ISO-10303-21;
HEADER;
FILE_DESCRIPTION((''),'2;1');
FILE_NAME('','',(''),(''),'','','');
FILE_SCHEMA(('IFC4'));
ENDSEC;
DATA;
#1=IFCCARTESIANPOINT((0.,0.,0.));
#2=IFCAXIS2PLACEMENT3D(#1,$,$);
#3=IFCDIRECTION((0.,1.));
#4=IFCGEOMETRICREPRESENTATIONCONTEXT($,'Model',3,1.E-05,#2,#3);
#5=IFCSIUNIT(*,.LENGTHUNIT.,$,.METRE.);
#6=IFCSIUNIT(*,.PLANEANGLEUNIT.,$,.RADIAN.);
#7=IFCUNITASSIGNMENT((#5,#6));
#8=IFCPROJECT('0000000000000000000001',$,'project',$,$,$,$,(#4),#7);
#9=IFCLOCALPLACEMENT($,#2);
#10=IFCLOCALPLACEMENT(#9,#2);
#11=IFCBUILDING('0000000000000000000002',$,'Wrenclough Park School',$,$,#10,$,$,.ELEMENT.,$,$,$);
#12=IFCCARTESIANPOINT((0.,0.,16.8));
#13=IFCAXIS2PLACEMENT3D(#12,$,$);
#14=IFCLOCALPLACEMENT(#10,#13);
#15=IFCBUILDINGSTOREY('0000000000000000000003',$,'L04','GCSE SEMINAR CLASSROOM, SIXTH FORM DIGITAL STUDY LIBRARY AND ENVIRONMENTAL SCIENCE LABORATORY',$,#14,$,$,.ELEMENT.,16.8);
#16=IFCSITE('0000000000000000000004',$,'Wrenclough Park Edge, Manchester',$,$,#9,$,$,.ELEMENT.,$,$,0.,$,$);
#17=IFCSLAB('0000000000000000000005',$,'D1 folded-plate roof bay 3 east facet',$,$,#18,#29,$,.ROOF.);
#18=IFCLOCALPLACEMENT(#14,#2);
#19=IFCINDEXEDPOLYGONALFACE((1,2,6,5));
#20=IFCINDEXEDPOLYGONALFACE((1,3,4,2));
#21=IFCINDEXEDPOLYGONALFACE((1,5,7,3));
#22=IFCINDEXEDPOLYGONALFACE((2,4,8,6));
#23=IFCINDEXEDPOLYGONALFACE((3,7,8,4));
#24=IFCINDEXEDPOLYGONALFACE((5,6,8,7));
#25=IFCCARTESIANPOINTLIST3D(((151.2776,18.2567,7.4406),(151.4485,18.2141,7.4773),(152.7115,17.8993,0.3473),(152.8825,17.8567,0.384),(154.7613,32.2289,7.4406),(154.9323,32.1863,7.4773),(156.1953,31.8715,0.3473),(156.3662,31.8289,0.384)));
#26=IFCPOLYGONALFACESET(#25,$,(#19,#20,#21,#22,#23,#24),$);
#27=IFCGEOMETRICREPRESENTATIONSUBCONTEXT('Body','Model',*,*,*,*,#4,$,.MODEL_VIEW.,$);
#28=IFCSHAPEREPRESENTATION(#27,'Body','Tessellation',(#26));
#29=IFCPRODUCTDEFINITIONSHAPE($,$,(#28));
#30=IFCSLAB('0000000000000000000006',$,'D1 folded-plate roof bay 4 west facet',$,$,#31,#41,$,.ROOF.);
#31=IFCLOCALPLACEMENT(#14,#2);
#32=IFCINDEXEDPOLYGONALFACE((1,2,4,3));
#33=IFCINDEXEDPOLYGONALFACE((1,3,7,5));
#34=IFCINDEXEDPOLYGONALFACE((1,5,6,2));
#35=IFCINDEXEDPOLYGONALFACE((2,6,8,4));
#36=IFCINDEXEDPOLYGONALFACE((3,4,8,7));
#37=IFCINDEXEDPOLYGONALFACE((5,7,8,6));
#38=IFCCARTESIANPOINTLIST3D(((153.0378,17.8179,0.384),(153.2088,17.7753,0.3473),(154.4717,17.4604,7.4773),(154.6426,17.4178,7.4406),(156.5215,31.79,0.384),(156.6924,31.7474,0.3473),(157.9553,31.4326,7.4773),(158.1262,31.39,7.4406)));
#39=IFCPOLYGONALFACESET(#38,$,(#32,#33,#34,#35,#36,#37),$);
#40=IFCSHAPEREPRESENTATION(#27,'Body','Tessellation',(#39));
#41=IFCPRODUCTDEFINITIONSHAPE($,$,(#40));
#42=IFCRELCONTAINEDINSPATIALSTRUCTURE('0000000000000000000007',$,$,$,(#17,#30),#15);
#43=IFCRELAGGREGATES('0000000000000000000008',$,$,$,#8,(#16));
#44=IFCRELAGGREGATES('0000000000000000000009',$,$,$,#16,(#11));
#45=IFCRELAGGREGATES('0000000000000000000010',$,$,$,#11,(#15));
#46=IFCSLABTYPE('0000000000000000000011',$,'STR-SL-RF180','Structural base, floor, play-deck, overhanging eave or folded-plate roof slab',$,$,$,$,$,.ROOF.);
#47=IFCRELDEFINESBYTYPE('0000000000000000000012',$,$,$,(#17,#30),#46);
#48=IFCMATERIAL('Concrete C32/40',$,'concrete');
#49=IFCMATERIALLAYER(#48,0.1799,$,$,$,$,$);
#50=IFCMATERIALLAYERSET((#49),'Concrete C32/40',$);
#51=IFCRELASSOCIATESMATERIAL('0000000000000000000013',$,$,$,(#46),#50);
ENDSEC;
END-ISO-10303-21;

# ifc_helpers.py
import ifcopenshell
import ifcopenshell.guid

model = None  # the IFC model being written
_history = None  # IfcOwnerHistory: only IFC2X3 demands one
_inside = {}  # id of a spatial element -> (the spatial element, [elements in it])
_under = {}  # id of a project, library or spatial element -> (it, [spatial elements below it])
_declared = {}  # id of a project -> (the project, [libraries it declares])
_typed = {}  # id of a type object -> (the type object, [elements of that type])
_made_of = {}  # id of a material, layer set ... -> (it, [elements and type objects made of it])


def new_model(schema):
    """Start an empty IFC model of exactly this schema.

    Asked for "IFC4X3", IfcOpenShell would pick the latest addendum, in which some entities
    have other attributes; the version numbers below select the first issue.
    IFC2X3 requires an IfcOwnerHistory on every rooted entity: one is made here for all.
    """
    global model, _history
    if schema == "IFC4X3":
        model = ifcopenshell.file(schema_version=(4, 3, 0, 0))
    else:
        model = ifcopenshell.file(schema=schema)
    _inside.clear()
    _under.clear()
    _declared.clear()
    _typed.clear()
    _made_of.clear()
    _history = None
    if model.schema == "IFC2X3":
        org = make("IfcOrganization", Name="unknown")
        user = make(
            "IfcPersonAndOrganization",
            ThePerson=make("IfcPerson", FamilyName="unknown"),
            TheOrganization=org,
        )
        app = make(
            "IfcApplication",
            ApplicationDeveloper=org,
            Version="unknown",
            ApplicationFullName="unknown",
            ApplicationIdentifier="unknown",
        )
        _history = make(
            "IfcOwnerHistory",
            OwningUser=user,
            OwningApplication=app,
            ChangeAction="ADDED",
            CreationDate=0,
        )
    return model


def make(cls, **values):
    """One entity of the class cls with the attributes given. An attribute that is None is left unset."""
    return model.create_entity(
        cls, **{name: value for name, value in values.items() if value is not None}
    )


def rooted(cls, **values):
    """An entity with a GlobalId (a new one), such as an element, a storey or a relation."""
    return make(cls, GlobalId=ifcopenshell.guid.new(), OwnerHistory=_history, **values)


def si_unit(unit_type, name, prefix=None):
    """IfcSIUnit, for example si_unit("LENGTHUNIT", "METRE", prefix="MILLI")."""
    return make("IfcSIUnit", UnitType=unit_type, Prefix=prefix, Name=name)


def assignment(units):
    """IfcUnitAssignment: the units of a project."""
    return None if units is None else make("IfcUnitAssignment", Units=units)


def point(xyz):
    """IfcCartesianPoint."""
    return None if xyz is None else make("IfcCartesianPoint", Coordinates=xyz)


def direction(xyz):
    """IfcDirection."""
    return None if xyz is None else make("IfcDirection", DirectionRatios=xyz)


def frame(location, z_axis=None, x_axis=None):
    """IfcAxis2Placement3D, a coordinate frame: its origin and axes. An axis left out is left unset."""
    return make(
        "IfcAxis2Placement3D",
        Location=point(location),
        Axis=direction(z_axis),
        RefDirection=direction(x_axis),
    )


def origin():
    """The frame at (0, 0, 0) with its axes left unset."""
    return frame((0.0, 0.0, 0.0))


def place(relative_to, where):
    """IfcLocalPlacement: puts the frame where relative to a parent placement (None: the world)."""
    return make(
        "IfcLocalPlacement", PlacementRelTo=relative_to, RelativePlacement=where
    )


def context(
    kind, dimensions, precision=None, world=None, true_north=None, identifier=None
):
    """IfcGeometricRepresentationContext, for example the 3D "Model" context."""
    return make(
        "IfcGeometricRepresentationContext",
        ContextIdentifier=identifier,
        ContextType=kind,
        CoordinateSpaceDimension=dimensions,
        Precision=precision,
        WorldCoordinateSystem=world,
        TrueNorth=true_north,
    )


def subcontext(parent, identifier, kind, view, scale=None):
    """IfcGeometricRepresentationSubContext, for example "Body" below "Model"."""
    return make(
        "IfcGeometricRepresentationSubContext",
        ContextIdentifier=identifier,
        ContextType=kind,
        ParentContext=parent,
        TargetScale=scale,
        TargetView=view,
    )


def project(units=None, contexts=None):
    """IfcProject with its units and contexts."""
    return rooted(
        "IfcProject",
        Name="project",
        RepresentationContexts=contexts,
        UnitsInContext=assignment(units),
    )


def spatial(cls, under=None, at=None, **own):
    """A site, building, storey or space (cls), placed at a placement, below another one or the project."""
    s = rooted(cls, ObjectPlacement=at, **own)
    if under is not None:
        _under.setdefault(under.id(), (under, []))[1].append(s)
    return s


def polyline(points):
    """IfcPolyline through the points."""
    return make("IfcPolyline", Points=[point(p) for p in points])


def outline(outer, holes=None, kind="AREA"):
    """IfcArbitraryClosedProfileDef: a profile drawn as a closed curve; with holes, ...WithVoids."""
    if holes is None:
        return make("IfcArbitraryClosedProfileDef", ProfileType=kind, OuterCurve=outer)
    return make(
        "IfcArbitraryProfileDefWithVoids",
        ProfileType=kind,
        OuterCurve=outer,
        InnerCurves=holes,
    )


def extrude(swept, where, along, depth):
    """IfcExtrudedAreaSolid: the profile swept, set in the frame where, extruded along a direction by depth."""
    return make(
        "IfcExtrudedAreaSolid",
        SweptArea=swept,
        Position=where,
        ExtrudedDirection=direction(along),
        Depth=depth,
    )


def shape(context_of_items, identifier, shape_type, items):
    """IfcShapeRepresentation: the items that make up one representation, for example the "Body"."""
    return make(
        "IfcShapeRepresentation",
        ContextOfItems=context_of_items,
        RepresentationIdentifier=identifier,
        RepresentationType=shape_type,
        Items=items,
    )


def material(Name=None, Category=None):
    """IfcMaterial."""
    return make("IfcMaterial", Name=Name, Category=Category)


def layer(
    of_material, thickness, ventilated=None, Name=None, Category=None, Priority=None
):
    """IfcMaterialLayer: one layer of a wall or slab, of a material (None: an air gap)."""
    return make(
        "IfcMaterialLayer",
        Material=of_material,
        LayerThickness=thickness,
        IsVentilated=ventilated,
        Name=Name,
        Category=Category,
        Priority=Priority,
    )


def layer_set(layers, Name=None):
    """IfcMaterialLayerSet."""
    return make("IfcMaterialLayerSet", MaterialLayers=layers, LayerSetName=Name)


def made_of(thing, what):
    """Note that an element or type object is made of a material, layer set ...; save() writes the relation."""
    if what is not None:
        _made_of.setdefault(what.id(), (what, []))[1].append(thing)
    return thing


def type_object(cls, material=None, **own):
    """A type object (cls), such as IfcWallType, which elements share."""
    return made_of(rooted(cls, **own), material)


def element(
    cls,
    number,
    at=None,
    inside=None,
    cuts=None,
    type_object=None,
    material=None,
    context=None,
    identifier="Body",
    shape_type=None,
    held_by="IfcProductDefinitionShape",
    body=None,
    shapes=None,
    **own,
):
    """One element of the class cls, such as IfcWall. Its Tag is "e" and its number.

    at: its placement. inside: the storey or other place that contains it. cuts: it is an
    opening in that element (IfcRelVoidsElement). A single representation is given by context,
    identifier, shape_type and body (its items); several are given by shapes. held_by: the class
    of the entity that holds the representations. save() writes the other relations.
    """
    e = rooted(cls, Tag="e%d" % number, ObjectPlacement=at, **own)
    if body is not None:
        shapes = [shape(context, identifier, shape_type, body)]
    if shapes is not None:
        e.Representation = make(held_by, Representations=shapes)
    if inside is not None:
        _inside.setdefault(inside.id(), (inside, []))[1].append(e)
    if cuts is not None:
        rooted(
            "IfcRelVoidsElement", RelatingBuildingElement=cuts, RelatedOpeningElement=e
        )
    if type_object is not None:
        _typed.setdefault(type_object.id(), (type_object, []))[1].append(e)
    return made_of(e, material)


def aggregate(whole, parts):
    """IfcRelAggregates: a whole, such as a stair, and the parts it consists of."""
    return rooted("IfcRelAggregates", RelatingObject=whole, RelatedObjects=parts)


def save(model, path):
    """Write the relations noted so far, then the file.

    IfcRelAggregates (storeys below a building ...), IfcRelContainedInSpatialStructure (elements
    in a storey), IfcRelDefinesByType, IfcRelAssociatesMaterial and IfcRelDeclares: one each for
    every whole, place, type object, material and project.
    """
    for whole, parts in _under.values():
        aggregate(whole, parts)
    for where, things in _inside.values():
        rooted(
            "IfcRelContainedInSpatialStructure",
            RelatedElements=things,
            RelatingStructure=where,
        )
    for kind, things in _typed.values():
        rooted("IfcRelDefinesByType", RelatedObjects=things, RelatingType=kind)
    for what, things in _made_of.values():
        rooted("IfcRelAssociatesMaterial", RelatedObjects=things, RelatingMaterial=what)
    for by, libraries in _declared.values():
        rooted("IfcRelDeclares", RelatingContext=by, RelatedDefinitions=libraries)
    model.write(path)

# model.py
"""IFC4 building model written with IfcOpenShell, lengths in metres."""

from ifc_helpers import new_model, si_unit, direction, frame, origin, place, context, subcontext, project, spatial, polyline, outline, extrude, material, layer, layer_set, type_object, element, save


model = new_model("IFC4")

# Units and contexts
model_context = context("Model", 3, precision=1e-05, world=origin(), true_north=direction((0.0, 1.0)))
body_context = subcontext(model_context, "Body", "Model", "MODEL_VIEW")
ifc_project = project(units=[si_unit("LENGTHUNIT", "METRE"), si_unit("PLANEANGLEUNIT", "RADIAN")], contexts=[model_context])

# Site, building, storey
site_placement = place(None, origin())
site = spatial("IfcSite", under=ifc_project, at=site_placement, Name="Wrenclough Park Edge, Manchester", CompositionType="ELEMENT", RefElevation=0.0)
building_placement = place(site_placement, origin())
building = spatial("IfcBuilding", under=site, at=building_placement, Name="Wrenclough Park School", CompositionType="ELEMENT")
storey_placement = place(building_placement, frame((0.0, 0.0, 16.8)))
storey = spatial("IfcBuildingStorey", under=building, at=storey_placement, Name="L04", Description="GCSE SEMINAR CLASSROOM, SIXTH FORM DIGITAL STUDY LIBRARY AND ENVIRONMENTAL SCIENCE LABORATORY", CompositionType="ELEMENT", Elevation=16.8)

# Slabs
ifc_material_1 = material(Name="Concrete C32/40", Category="concrete")
ifc_layer_1 = layer(ifc_material_1, 0.1799)
ifc_layer_set_1 = layer_set([ifc_layer_1], Name="Concrete C32/40")
slab_type = type_object("IfcSlabType", Name="STR-SL-RF180", Description="Structural base, floor, play-deck, overhanging eave or folded-plate roof slab", PredefinedType="ROOF", material=ifc_layer_set_1)
slab_1_placement = place(storey_placement, frame((151.4485, 18.2141, 7.4773), z_axis=(0.949897, -0.236843, 0.203964), x_axis=(0.197909, -0.049326, -0.978978)))
element("IfcSlab", 1, at=slab_1_placement, inside=storey, type_object=slab_type, Name="D1 folded-plate roof bay 3 east facet", PredefinedType="ROOF", context=body_context, shape_type="SweptSolid", body=[
    extrude(outline(polyline([(0.0, 0.0), (7.2456, 0.0), (7.2459, 14.3999), (0.0003, 14.4), (0.0, 0.0)])), origin(), (0.0, 0.0, -1.0), 0.1799),
])
slab_2_placement = place(storey_placement, frame((153.0378, 17.8179, 0.384), z_axis=(-0.949902, 0.236836, 0.203948), x_axis=(0.197892, -0.04933, 0.978982)))
element("IfcSlab", 2, at=slab_2_placement, inside=storey, type_object=slab_type, Name="D1 folded-plate roof bay 4 west facet", PredefinedType="ROOF", context=body_context, shape_type="SweptSolid", body=[
    extrude(outline(polyline([(0.0, 0.0), (7.2456, 0.0), (7.2457, 14.3999), (0.0001, 14.3999), (0.0, 0.0)])), origin(), (0.0, 0.0, -1.0), 0.1799),
])

save(model, "model.ifc")
